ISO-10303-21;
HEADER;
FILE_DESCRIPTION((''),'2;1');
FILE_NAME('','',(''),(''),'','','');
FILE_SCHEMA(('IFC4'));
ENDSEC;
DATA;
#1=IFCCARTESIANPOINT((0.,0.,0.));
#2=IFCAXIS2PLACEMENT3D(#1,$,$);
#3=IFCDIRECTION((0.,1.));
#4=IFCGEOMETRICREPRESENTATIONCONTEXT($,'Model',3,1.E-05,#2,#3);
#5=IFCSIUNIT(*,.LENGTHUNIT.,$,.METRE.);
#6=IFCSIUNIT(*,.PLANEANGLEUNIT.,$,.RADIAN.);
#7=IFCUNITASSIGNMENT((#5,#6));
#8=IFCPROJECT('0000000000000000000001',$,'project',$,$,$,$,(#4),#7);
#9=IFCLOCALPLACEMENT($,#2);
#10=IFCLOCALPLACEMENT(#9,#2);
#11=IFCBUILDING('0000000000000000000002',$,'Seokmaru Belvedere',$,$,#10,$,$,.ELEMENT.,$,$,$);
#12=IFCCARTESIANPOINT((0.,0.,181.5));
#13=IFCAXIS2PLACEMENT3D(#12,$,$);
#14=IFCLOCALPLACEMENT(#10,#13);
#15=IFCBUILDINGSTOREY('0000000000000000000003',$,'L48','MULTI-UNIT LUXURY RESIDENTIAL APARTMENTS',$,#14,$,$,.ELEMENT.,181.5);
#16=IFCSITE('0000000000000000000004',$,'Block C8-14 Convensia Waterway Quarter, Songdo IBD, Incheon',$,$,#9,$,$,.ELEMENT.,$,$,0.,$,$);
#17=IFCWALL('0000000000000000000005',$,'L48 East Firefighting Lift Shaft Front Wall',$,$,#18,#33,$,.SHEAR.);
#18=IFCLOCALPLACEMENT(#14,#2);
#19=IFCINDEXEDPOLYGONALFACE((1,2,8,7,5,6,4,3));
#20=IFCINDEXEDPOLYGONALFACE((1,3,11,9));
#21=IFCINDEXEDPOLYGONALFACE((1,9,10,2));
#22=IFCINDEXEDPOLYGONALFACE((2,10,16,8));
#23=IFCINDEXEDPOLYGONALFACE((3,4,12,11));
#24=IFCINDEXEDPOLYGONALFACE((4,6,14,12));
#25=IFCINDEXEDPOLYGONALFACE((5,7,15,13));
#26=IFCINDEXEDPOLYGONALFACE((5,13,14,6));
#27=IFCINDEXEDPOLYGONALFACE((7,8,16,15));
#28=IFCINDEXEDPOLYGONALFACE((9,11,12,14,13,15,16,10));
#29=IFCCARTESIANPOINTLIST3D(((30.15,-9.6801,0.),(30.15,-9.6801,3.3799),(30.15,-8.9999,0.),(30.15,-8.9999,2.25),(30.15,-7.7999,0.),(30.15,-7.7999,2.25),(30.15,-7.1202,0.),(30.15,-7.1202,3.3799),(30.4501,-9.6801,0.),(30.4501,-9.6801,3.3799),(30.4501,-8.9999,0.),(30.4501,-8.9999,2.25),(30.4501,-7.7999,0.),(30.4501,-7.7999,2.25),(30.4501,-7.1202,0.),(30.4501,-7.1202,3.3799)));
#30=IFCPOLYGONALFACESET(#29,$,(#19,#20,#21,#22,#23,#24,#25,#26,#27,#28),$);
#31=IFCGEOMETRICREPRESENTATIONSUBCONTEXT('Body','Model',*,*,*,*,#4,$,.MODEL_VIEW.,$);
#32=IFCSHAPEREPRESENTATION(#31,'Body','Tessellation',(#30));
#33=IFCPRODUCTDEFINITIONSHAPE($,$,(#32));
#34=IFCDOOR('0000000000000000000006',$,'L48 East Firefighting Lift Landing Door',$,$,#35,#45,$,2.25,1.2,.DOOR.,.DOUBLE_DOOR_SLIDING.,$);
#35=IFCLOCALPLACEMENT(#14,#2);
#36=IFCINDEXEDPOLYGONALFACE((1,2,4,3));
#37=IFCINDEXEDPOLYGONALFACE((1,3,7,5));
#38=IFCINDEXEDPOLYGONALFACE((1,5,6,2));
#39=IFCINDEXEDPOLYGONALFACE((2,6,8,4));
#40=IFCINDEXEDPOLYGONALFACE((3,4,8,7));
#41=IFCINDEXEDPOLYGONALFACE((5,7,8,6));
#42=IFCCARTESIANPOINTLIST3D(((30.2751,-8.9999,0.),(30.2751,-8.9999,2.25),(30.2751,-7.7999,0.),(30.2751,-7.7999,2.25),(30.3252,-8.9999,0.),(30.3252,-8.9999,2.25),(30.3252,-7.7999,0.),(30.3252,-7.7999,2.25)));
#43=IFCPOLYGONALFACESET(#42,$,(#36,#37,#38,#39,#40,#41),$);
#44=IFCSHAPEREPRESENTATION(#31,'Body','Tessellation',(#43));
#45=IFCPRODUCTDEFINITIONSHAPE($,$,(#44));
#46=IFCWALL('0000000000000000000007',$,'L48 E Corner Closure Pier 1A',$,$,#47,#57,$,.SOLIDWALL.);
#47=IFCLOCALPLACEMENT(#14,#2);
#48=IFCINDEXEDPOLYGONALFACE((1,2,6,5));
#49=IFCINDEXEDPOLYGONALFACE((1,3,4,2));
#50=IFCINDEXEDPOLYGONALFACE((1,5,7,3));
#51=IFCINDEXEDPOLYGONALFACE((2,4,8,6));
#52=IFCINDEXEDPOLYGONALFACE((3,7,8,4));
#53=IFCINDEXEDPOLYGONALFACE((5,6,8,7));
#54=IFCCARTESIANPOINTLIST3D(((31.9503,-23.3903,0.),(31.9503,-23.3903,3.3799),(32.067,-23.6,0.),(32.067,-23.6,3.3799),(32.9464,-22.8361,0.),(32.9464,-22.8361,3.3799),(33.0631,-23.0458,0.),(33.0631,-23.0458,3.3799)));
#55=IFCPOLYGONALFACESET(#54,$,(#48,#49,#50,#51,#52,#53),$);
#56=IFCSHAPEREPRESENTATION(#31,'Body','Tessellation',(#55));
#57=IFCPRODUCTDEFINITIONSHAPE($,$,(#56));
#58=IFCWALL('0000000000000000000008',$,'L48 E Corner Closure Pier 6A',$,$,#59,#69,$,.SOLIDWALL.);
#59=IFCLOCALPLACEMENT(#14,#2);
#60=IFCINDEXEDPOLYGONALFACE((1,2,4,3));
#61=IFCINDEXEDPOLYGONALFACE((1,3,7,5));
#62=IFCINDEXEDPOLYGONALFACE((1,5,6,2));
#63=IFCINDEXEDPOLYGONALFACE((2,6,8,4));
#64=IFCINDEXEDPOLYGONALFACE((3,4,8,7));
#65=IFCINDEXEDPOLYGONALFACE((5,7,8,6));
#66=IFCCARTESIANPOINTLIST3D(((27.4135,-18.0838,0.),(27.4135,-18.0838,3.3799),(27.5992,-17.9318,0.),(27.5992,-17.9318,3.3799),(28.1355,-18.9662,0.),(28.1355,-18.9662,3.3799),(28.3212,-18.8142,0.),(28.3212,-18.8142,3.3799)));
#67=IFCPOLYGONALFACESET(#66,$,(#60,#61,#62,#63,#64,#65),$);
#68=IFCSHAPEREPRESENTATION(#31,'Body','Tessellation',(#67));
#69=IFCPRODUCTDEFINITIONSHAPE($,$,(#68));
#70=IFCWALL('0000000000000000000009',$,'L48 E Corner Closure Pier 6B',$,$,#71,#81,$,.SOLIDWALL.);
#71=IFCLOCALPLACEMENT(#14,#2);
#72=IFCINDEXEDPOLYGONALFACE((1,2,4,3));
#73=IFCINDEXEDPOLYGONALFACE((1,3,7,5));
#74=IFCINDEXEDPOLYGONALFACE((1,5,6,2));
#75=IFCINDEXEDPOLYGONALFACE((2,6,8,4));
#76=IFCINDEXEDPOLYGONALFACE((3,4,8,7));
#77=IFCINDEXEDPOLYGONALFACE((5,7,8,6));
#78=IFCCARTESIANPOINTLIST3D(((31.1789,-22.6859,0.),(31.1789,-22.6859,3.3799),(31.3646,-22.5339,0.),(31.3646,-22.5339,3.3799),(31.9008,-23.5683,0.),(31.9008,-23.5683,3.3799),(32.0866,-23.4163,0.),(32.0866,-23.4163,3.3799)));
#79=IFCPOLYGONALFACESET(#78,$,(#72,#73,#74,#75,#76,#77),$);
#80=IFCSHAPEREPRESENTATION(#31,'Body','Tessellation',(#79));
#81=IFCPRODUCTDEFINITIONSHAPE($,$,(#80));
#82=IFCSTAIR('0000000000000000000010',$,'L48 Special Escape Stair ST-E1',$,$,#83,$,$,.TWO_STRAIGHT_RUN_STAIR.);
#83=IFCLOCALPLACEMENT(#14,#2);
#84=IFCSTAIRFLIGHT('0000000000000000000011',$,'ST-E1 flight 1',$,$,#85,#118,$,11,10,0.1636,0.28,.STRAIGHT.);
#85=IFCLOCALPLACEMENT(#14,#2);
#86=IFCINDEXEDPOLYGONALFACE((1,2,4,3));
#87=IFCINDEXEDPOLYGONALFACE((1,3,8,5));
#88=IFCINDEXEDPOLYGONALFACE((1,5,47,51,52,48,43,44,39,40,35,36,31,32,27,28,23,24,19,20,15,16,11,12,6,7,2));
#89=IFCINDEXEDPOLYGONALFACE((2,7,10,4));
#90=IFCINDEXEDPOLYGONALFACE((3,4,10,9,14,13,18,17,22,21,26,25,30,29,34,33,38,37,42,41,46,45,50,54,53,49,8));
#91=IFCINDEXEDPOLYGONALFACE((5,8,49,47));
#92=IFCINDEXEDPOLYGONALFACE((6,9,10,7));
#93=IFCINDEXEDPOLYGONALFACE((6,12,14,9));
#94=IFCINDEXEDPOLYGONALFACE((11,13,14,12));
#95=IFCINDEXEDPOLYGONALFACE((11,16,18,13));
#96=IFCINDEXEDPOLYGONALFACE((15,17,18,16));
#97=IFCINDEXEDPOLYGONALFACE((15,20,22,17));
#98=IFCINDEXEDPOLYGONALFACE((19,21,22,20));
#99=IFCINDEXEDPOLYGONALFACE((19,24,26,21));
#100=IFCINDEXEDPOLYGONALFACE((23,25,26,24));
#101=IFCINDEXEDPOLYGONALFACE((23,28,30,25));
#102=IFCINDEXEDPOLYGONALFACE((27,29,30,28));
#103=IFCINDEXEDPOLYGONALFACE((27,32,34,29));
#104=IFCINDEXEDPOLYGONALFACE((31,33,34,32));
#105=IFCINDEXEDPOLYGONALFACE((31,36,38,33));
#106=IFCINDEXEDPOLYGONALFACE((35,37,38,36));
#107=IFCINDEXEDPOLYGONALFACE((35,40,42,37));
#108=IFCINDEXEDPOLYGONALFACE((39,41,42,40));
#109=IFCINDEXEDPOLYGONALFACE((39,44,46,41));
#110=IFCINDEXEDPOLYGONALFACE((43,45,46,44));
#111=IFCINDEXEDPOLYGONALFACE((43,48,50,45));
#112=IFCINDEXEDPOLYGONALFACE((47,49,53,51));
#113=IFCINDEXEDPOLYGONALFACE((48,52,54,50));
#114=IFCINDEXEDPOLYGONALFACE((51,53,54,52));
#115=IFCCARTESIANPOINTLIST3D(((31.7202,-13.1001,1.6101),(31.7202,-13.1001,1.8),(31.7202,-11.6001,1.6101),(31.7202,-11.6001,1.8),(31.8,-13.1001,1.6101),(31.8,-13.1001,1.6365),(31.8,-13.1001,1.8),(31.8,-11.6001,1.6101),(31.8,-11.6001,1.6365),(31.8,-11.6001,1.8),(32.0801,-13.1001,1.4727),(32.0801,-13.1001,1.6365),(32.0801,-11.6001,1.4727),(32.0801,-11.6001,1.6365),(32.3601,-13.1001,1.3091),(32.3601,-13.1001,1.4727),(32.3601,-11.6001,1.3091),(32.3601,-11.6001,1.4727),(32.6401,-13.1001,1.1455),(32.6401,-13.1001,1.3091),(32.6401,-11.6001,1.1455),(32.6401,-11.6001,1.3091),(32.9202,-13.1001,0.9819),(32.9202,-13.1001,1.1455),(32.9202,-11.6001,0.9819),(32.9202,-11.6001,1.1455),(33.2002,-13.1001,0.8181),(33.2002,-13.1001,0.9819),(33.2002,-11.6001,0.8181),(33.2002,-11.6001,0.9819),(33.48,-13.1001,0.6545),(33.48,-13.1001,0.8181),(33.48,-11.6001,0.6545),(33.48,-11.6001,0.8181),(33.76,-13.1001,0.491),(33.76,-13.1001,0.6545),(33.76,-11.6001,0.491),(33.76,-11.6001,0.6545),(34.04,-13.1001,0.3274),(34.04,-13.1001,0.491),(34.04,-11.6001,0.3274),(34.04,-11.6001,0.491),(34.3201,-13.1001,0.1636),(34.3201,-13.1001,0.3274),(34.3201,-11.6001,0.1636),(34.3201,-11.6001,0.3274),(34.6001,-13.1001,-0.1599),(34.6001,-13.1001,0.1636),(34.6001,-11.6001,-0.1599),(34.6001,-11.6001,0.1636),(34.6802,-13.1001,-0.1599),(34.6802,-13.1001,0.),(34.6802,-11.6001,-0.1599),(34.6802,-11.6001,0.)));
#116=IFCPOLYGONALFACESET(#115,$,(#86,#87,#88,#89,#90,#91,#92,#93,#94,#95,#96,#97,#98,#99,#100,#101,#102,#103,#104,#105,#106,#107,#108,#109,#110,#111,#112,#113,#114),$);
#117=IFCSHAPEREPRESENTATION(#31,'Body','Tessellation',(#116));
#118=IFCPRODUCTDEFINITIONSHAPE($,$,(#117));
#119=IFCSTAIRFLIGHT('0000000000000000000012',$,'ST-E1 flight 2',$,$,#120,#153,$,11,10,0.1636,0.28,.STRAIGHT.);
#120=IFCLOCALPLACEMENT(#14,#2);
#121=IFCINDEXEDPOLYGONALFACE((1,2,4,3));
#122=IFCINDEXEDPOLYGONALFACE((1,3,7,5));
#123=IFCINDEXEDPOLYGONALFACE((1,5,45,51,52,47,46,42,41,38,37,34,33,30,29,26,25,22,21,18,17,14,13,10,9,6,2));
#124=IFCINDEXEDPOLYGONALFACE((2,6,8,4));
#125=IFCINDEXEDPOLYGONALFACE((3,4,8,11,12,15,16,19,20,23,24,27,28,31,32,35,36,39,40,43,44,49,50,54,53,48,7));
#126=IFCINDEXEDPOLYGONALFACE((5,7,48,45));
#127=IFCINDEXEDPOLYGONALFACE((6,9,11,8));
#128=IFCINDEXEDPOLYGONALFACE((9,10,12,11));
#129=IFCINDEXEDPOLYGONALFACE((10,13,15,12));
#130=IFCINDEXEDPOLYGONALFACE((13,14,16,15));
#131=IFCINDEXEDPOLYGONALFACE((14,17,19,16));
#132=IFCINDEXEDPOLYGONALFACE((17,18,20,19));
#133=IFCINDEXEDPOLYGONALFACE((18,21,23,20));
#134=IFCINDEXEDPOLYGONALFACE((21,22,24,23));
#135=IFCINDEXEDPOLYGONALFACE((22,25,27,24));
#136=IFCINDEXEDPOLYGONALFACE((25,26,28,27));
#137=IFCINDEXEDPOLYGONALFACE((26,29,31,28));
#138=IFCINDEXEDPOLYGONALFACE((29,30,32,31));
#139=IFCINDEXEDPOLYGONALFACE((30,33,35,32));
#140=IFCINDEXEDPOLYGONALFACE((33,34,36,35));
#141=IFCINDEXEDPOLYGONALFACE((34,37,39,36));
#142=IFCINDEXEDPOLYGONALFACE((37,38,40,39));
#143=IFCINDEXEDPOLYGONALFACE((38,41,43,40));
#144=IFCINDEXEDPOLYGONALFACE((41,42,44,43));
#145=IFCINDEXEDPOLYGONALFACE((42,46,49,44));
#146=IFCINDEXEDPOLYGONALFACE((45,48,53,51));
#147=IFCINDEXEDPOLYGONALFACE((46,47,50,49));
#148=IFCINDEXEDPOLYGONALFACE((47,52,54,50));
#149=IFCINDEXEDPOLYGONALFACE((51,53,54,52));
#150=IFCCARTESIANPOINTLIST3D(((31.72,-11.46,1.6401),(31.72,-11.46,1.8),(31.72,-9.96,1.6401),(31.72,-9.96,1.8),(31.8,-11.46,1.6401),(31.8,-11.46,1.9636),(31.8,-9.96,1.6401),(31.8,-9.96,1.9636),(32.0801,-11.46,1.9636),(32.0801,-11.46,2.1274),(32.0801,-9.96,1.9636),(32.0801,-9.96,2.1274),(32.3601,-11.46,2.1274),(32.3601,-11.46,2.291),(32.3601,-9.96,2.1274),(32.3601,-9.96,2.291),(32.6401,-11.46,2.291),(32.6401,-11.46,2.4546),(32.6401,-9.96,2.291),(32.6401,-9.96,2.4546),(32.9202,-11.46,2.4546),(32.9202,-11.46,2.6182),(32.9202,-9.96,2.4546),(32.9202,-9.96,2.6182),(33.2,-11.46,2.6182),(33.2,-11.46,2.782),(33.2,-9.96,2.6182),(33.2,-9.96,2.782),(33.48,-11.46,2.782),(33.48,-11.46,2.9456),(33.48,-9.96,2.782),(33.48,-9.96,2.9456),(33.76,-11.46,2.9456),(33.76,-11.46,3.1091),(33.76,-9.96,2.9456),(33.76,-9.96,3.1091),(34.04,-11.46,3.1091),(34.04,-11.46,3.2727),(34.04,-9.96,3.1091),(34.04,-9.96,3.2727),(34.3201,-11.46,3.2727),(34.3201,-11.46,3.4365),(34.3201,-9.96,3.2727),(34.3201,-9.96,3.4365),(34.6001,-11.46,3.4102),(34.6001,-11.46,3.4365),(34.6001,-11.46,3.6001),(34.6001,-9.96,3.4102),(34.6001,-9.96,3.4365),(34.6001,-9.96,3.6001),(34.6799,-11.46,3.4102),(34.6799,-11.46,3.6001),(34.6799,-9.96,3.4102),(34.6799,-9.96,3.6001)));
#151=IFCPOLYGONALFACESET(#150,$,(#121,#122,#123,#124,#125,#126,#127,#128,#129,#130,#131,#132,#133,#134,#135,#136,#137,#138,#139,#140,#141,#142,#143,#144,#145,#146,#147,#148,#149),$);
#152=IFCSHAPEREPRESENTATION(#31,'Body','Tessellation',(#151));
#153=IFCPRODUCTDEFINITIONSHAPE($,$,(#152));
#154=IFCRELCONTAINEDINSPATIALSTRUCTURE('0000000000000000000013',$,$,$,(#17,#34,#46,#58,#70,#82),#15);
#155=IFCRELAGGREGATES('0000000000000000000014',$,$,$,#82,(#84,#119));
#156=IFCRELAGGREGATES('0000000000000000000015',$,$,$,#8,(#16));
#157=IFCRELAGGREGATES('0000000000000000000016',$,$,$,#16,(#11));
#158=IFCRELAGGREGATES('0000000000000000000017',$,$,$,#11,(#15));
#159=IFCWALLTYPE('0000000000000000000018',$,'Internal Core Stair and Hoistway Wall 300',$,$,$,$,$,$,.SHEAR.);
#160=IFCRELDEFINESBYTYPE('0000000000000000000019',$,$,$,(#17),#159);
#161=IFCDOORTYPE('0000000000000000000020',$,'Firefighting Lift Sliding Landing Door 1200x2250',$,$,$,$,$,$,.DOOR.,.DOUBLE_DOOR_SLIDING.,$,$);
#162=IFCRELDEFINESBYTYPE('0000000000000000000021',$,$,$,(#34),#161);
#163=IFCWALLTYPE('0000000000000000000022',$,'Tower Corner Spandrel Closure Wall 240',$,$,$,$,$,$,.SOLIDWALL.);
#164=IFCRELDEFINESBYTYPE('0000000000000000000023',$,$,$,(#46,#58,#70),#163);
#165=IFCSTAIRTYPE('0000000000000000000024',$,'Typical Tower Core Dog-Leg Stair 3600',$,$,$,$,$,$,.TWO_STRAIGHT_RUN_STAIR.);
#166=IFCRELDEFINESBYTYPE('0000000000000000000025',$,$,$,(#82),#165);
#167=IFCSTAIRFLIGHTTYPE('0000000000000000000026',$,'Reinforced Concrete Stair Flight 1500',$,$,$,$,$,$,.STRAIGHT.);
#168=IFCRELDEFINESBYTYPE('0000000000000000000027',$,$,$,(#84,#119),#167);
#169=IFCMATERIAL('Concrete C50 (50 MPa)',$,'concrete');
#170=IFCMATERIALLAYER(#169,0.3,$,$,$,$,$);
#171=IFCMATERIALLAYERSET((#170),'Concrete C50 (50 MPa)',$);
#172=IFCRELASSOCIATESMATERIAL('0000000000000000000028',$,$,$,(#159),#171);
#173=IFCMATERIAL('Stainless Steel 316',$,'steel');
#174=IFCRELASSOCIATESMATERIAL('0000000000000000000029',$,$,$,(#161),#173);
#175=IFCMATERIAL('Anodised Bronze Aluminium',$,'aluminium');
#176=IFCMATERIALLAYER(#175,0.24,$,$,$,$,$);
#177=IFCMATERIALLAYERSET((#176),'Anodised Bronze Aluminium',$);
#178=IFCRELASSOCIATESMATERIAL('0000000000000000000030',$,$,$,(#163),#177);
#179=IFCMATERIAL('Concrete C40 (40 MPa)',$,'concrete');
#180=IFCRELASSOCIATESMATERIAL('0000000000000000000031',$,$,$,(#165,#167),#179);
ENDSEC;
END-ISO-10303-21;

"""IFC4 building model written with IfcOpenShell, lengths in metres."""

from ifc_helpers import new_model, si_unit, direction, frame, frame_2d, origin, place, context, subcontext, project, spatial, polyline, rectangle, outline, extrude, source, transform, mapped, material, layer, layer_set, type_object, type_shapes, element, fill, aggregate, save


model = new_model("IFC4")

# Units and contexts
model_context = context("Model", 3, precision=1e-05, world=origin(), true_north=direction((0.0, 1.0)))
body_context = subcontext(model_context, "Body", "Model", "MODEL_VIEW")
ifc_project = project(units=[si_unit("LENGTHUNIT", "METRE"), si_unit("PLANEANGLEUNIT", "RADIAN")], contexts=[model_context])

# Site, building, storey
site_placement = place(None, origin())
site = spatial("IfcSite", under=ifc_project, at=site_placement, Name="Block C8-14 Convensia Waterway Quarter, Songdo IBD, Incheon", CompositionType="ELEMENT", RefElevation=0.0)
building_placement = place(site_placement, origin())
building = spatial("IfcBuilding", under=site, at=building_placement, Name="Seokmaru Belvedere", CompositionType="ELEMENT")
storey_placement = place(building_placement, frame((0.0, 0.0, 181.5)))
storey = spatial("IfcBuildingStorey", under=building, at=storey_placement, Name="L48", Description="MULTI-UNIT LUXURY RESIDENTIAL APARTMENTS", CompositionType="ELEMENT", Elevation=181.5)

# Shared definitions
ifc_material_1 = material(Name="Anodised Bronze Aluminium", Category="aluminium")

# Wall, opening, door
ifc_material_2 = material(Name="Concrete C50 (50 MPa)", Category="concrete")
ifc_layer_1 = layer(ifc_material_2, 0.3)
ifc_layer_set_1 = layer_set([ifc_layer_1], Name="Concrete C50 (50 MPa)")
wall_type_1 = type_object("IfcWallType", Name="Internal Core Stair and Hoistway Wall 300", PredefinedType="SHEAR", material=ifc_layer_set_1)
wall_1_placement = place(storey_placement, frame((30.3, -9.6799, 0.0), z_axis=(0.0, 0.0, 1.0), x_axis=(0.0, 1.0, 0.0)))
wall_1 = element("IfcWall", 1, at=wall_1_placement, inside=storey, type_object=wall_type_1, Name="L48 East Firefighting Lift Shaft Front Wall", PredefinedType="SHEAR", context=body_context, shape_type="SweptSolid", body=[
    extrude(rectangle(XDim=2.5598, YDim=0.3, at=frame_2d((1.2798, 0.0))), origin(), (0.0, 0.0, 1.0), 3.3799),
])
opening_1_placement = place(wall_1_placement, frame((0.6799, 0.0, 0.0)))
opening_1 = element("IfcOpeningElement", 2, at=opening_1_placement, cuts=wall_1, PredefinedType="OPENING", context=body_context, shape_type="SweptSolid", body=[
    extrude(rectangle(XDim=1.2, YDim=2.25, at=frame_2d((0.6001, 1.125))), frame((0.0, 0.1602, 0.0), z_axis=(0.0, -1.0, 0.0), x_axis=(1.0, 0.0, 0.0)), (0.0, 0.0, 1.0), 0.3201),
])
ifc_material_3 = material(Name="Stainless Steel 316", Category="steel")
door_type_1 = type_object("IfcDoorType", Name="Firefighting Lift Sliding Landing Door 1200x2250", OperationType="DOUBLE_DOOR_SLIDING", PredefinedType="DOOR", material=ifc_material_3)
shared_shape_1 = source(origin(), body_context, "Body", "SweptSolid", [
    extrude(rectangle(XDim=1.2, YDim=2.25, at=frame_2d((0.6001, 1.125))), frame((0.0, 0.0249, 0.0), z_axis=(0.0, -1.0, 0.0), x_axis=(1.0, 0.0, 0.0)), (0.0, 0.0, 1.0), 0.05),
])
type_shapes(door_type_1, [shared_shape_1])
door_1_placement = place(opening_1_placement, origin())
door_1 = element("IfcDoor", 3, at=door_1_placement, inside=storey, type_object=door_type_1, Name="L48 East Firefighting Lift Landing Door", OperationType="DOUBLE_DOOR_SLIDING", OverallHeight=2.25, OverallWidth=1.2, PredefinedType="DOOR", context=body_context, shape_type="MappedRepresentation", body=[
    mapped(shared_shape_1, transform((0.0, 0.0, 0.0), scale=1.0)),
])
fill(opening_1, door_1)

# Walls
ifc_layer_2 = layer(ifc_material_1, 0.24)
ifc_layer_set_2 = layer_set([ifc_layer_2], Name="Anodised Bronze Aluminium")
wall_type_2 = type_object("IfcWallType", Name="Tower Corner Spandrel Closure Wall 240", PredefinedType="SOLIDWALL", material=ifc_layer_set_2)
wall_2_placement = place(storey_placement, frame((32.0088, -23.4951, 0.0), z_axis=(0.0, 0.0, 1.0), x_axis=(0.873854, 0.486188, 0.0)))
element("IfcWall", 4, at=wall_2_placement, inside=storey, type_object=wall_type_2, Name="L48 E Corner Closure Pier 1A", PredefinedType="SOLIDWALL", context=body_context, shape_type="SweptSolid", body=[
    extrude(rectangle(XDim=1.1399, YDim=0.24, at=frame_2d((0.5698, 0.0))), origin(), (0.0, 0.0, 1.0), 3.3799),
])
for number, where, z_axis, x_axis, name in (
    (5, (27.5063, -18.0078, 0.0), (0.0, 0.0, 1.0), (0.633249, -0.773948, 0.0), "L48 E Corner Closure Pier 6A"),
    (6, (31.2717, -22.6099, 0.0), (0.0, 0.0, 1.0), (0.633249, -0.773948, 0.0), "L48 E Corner Closure Pier 6B"),
):
    element("IfcWall", number, at=place(storey_placement, frame(where, z_axis=z_axis, x_axis=x_axis)), inside=storey, type_object=wall_type_2, Name=name, PredefinedType="SOLIDWALL", context=body_context, shape_type="SweptSolid", body=[
        extrude(rectangle(XDim=1.1401, YDim=0.24, at=frame_2d((0.5701, 0.0))), origin(), (0.0, 0.0, 1.0), 3.3799),
    ])

# Stair, stair flights
ifc_material_4 = material(Name="Concrete C40 (40 MPa)", Category="concrete")
stair_type = type_object("IfcStairType", Name="Typical Tower Core Dog-Leg Stair 3600", PredefinedType="TWO_STRAIGHT_RUN_STAIR", material=ifc_material_4)
stair_placement = place(storey_placement, origin())
stair = element("IfcStair", 7, at=stair_placement, inside=storey, type_object=stair_type, Name="L48 Special Escape Stair ST-E1", PredefinedType="TWO_STRAIGHT_RUN_STAIR")
stair_flight_type = type_object("IfcStairFlightType", Name="Reinforced Concrete Stair Flight 1500", PredefinedType="STRAIGHT", material=ifc_material_4)
stair_flight_1_placement = place(storey_placement, frame((34.6001, -12.3501, 0.0), z_axis=(0.0, 0.0, 1.0), x_axis=(-1.0, 0.0, 0.0)))
stair_flight_1 = element("IfcStairFlight", 8, at=stair_flight_1_placement, type_object=stair_flight_type, Name="ST-E1 flight 1", NumberOfRisers=11, NumberOfTreads=10, PredefinedType="STRAIGHT", RiserHeight=0.1636, TreadLength=0.28, context=body_context, shape_type="SweptSolid", body=[
    extrude(outline(polyline([(-0.0801, 0.0), (0.0, 0.1636), (0.28, 0.1636), (0.28, 0.3274), (0.5601, 0.3274), (0.5601, 0.491), (0.8401, 0.491), (0.8401, 0.6545), (1.1201, 0.6545), (1.1201, 0.8181), (1.3999, 0.8181), (1.3999, 0.9819), (1.6799, 0.9819), (1.6799, 1.1455), (1.96, 1.1455), (1.96, 1.3091), (2.24, 1.3091), (2.24, 1.4727), (2.52, 1.4727), (2.52, 1.6365), (2.8, 1.6365), (2.8, 1.8), (2.8799, 1.8), (2.8799, 1.6101), (2.8, 1.6101), (0.0, -0.1599), (-0.0801, -0.1599), (-0.0801, 0.0)])), frame((0.0, 0.75, 0.0), z_axis=(0.0, -1.0, 0.0), x_axis=(1.0, 0.0, 0.0)), (0.0, 0.0, 1.0), 1.5),
])
stair_flight_2_placement = place(storey_placement, frame((31.8, -10.71, 1.8), z_axis=(0.0, 0.0, 1.0), x_axis=(1.0, 0.0, 0.0)))
stair_flight_2 = element("IfcStairFlight", 9, at=stair_flight_2_placement, type_object=stair_flight_type, Name="ST-E1 flight 2", NumberOfRisers=11, NumberOfTreads=10, PredefinedType="STRAIGHT", RiserHeight=0.1636, TreadLength=0.28, context=body_context, shape_type="SweptSolid", body=[
    extrude(outline(polyline([(-0.0801, 0.0), (0.0, 0.1636), (0.28, 0.1636), (0.28, 0.3274), (0.5601, 0.3274), (0.5601, 0.491), (0.8401, 0.491), (0.8401, 0.6545), (1.1201, 0.6545), (1.1201, 0.8181), (1.3999, 0.8181), (1.3999, 0.9819), (1.6799, 0.9819), (1.6799, 1.1455), (1.96, 1.1455), (1.96, 1.3091), (2.24, 1.3091), (2.24, 1.4727), (2.52, 1.4727), (2.52, 1.6365), (2.8, 1.6365), (2.8, 1.8), (2.8799, 1.8), (2.8799, 1.6101), (2.8, 1.6101), (0.0, -0.1599), (-0.0801, -0.1599), (-0.0801, 0.0)])), frame((0.0, 0.75, 0.0), z_axis=(0.0, -1.0, 0.0), x_axis=(1.0, 0.0, 0.0)), (0.0, 0.0, 1.0), 1.5),
])
aggregate(stair, [stair_flight_1, stair_flight_2])

save(model, "model.ifc")
